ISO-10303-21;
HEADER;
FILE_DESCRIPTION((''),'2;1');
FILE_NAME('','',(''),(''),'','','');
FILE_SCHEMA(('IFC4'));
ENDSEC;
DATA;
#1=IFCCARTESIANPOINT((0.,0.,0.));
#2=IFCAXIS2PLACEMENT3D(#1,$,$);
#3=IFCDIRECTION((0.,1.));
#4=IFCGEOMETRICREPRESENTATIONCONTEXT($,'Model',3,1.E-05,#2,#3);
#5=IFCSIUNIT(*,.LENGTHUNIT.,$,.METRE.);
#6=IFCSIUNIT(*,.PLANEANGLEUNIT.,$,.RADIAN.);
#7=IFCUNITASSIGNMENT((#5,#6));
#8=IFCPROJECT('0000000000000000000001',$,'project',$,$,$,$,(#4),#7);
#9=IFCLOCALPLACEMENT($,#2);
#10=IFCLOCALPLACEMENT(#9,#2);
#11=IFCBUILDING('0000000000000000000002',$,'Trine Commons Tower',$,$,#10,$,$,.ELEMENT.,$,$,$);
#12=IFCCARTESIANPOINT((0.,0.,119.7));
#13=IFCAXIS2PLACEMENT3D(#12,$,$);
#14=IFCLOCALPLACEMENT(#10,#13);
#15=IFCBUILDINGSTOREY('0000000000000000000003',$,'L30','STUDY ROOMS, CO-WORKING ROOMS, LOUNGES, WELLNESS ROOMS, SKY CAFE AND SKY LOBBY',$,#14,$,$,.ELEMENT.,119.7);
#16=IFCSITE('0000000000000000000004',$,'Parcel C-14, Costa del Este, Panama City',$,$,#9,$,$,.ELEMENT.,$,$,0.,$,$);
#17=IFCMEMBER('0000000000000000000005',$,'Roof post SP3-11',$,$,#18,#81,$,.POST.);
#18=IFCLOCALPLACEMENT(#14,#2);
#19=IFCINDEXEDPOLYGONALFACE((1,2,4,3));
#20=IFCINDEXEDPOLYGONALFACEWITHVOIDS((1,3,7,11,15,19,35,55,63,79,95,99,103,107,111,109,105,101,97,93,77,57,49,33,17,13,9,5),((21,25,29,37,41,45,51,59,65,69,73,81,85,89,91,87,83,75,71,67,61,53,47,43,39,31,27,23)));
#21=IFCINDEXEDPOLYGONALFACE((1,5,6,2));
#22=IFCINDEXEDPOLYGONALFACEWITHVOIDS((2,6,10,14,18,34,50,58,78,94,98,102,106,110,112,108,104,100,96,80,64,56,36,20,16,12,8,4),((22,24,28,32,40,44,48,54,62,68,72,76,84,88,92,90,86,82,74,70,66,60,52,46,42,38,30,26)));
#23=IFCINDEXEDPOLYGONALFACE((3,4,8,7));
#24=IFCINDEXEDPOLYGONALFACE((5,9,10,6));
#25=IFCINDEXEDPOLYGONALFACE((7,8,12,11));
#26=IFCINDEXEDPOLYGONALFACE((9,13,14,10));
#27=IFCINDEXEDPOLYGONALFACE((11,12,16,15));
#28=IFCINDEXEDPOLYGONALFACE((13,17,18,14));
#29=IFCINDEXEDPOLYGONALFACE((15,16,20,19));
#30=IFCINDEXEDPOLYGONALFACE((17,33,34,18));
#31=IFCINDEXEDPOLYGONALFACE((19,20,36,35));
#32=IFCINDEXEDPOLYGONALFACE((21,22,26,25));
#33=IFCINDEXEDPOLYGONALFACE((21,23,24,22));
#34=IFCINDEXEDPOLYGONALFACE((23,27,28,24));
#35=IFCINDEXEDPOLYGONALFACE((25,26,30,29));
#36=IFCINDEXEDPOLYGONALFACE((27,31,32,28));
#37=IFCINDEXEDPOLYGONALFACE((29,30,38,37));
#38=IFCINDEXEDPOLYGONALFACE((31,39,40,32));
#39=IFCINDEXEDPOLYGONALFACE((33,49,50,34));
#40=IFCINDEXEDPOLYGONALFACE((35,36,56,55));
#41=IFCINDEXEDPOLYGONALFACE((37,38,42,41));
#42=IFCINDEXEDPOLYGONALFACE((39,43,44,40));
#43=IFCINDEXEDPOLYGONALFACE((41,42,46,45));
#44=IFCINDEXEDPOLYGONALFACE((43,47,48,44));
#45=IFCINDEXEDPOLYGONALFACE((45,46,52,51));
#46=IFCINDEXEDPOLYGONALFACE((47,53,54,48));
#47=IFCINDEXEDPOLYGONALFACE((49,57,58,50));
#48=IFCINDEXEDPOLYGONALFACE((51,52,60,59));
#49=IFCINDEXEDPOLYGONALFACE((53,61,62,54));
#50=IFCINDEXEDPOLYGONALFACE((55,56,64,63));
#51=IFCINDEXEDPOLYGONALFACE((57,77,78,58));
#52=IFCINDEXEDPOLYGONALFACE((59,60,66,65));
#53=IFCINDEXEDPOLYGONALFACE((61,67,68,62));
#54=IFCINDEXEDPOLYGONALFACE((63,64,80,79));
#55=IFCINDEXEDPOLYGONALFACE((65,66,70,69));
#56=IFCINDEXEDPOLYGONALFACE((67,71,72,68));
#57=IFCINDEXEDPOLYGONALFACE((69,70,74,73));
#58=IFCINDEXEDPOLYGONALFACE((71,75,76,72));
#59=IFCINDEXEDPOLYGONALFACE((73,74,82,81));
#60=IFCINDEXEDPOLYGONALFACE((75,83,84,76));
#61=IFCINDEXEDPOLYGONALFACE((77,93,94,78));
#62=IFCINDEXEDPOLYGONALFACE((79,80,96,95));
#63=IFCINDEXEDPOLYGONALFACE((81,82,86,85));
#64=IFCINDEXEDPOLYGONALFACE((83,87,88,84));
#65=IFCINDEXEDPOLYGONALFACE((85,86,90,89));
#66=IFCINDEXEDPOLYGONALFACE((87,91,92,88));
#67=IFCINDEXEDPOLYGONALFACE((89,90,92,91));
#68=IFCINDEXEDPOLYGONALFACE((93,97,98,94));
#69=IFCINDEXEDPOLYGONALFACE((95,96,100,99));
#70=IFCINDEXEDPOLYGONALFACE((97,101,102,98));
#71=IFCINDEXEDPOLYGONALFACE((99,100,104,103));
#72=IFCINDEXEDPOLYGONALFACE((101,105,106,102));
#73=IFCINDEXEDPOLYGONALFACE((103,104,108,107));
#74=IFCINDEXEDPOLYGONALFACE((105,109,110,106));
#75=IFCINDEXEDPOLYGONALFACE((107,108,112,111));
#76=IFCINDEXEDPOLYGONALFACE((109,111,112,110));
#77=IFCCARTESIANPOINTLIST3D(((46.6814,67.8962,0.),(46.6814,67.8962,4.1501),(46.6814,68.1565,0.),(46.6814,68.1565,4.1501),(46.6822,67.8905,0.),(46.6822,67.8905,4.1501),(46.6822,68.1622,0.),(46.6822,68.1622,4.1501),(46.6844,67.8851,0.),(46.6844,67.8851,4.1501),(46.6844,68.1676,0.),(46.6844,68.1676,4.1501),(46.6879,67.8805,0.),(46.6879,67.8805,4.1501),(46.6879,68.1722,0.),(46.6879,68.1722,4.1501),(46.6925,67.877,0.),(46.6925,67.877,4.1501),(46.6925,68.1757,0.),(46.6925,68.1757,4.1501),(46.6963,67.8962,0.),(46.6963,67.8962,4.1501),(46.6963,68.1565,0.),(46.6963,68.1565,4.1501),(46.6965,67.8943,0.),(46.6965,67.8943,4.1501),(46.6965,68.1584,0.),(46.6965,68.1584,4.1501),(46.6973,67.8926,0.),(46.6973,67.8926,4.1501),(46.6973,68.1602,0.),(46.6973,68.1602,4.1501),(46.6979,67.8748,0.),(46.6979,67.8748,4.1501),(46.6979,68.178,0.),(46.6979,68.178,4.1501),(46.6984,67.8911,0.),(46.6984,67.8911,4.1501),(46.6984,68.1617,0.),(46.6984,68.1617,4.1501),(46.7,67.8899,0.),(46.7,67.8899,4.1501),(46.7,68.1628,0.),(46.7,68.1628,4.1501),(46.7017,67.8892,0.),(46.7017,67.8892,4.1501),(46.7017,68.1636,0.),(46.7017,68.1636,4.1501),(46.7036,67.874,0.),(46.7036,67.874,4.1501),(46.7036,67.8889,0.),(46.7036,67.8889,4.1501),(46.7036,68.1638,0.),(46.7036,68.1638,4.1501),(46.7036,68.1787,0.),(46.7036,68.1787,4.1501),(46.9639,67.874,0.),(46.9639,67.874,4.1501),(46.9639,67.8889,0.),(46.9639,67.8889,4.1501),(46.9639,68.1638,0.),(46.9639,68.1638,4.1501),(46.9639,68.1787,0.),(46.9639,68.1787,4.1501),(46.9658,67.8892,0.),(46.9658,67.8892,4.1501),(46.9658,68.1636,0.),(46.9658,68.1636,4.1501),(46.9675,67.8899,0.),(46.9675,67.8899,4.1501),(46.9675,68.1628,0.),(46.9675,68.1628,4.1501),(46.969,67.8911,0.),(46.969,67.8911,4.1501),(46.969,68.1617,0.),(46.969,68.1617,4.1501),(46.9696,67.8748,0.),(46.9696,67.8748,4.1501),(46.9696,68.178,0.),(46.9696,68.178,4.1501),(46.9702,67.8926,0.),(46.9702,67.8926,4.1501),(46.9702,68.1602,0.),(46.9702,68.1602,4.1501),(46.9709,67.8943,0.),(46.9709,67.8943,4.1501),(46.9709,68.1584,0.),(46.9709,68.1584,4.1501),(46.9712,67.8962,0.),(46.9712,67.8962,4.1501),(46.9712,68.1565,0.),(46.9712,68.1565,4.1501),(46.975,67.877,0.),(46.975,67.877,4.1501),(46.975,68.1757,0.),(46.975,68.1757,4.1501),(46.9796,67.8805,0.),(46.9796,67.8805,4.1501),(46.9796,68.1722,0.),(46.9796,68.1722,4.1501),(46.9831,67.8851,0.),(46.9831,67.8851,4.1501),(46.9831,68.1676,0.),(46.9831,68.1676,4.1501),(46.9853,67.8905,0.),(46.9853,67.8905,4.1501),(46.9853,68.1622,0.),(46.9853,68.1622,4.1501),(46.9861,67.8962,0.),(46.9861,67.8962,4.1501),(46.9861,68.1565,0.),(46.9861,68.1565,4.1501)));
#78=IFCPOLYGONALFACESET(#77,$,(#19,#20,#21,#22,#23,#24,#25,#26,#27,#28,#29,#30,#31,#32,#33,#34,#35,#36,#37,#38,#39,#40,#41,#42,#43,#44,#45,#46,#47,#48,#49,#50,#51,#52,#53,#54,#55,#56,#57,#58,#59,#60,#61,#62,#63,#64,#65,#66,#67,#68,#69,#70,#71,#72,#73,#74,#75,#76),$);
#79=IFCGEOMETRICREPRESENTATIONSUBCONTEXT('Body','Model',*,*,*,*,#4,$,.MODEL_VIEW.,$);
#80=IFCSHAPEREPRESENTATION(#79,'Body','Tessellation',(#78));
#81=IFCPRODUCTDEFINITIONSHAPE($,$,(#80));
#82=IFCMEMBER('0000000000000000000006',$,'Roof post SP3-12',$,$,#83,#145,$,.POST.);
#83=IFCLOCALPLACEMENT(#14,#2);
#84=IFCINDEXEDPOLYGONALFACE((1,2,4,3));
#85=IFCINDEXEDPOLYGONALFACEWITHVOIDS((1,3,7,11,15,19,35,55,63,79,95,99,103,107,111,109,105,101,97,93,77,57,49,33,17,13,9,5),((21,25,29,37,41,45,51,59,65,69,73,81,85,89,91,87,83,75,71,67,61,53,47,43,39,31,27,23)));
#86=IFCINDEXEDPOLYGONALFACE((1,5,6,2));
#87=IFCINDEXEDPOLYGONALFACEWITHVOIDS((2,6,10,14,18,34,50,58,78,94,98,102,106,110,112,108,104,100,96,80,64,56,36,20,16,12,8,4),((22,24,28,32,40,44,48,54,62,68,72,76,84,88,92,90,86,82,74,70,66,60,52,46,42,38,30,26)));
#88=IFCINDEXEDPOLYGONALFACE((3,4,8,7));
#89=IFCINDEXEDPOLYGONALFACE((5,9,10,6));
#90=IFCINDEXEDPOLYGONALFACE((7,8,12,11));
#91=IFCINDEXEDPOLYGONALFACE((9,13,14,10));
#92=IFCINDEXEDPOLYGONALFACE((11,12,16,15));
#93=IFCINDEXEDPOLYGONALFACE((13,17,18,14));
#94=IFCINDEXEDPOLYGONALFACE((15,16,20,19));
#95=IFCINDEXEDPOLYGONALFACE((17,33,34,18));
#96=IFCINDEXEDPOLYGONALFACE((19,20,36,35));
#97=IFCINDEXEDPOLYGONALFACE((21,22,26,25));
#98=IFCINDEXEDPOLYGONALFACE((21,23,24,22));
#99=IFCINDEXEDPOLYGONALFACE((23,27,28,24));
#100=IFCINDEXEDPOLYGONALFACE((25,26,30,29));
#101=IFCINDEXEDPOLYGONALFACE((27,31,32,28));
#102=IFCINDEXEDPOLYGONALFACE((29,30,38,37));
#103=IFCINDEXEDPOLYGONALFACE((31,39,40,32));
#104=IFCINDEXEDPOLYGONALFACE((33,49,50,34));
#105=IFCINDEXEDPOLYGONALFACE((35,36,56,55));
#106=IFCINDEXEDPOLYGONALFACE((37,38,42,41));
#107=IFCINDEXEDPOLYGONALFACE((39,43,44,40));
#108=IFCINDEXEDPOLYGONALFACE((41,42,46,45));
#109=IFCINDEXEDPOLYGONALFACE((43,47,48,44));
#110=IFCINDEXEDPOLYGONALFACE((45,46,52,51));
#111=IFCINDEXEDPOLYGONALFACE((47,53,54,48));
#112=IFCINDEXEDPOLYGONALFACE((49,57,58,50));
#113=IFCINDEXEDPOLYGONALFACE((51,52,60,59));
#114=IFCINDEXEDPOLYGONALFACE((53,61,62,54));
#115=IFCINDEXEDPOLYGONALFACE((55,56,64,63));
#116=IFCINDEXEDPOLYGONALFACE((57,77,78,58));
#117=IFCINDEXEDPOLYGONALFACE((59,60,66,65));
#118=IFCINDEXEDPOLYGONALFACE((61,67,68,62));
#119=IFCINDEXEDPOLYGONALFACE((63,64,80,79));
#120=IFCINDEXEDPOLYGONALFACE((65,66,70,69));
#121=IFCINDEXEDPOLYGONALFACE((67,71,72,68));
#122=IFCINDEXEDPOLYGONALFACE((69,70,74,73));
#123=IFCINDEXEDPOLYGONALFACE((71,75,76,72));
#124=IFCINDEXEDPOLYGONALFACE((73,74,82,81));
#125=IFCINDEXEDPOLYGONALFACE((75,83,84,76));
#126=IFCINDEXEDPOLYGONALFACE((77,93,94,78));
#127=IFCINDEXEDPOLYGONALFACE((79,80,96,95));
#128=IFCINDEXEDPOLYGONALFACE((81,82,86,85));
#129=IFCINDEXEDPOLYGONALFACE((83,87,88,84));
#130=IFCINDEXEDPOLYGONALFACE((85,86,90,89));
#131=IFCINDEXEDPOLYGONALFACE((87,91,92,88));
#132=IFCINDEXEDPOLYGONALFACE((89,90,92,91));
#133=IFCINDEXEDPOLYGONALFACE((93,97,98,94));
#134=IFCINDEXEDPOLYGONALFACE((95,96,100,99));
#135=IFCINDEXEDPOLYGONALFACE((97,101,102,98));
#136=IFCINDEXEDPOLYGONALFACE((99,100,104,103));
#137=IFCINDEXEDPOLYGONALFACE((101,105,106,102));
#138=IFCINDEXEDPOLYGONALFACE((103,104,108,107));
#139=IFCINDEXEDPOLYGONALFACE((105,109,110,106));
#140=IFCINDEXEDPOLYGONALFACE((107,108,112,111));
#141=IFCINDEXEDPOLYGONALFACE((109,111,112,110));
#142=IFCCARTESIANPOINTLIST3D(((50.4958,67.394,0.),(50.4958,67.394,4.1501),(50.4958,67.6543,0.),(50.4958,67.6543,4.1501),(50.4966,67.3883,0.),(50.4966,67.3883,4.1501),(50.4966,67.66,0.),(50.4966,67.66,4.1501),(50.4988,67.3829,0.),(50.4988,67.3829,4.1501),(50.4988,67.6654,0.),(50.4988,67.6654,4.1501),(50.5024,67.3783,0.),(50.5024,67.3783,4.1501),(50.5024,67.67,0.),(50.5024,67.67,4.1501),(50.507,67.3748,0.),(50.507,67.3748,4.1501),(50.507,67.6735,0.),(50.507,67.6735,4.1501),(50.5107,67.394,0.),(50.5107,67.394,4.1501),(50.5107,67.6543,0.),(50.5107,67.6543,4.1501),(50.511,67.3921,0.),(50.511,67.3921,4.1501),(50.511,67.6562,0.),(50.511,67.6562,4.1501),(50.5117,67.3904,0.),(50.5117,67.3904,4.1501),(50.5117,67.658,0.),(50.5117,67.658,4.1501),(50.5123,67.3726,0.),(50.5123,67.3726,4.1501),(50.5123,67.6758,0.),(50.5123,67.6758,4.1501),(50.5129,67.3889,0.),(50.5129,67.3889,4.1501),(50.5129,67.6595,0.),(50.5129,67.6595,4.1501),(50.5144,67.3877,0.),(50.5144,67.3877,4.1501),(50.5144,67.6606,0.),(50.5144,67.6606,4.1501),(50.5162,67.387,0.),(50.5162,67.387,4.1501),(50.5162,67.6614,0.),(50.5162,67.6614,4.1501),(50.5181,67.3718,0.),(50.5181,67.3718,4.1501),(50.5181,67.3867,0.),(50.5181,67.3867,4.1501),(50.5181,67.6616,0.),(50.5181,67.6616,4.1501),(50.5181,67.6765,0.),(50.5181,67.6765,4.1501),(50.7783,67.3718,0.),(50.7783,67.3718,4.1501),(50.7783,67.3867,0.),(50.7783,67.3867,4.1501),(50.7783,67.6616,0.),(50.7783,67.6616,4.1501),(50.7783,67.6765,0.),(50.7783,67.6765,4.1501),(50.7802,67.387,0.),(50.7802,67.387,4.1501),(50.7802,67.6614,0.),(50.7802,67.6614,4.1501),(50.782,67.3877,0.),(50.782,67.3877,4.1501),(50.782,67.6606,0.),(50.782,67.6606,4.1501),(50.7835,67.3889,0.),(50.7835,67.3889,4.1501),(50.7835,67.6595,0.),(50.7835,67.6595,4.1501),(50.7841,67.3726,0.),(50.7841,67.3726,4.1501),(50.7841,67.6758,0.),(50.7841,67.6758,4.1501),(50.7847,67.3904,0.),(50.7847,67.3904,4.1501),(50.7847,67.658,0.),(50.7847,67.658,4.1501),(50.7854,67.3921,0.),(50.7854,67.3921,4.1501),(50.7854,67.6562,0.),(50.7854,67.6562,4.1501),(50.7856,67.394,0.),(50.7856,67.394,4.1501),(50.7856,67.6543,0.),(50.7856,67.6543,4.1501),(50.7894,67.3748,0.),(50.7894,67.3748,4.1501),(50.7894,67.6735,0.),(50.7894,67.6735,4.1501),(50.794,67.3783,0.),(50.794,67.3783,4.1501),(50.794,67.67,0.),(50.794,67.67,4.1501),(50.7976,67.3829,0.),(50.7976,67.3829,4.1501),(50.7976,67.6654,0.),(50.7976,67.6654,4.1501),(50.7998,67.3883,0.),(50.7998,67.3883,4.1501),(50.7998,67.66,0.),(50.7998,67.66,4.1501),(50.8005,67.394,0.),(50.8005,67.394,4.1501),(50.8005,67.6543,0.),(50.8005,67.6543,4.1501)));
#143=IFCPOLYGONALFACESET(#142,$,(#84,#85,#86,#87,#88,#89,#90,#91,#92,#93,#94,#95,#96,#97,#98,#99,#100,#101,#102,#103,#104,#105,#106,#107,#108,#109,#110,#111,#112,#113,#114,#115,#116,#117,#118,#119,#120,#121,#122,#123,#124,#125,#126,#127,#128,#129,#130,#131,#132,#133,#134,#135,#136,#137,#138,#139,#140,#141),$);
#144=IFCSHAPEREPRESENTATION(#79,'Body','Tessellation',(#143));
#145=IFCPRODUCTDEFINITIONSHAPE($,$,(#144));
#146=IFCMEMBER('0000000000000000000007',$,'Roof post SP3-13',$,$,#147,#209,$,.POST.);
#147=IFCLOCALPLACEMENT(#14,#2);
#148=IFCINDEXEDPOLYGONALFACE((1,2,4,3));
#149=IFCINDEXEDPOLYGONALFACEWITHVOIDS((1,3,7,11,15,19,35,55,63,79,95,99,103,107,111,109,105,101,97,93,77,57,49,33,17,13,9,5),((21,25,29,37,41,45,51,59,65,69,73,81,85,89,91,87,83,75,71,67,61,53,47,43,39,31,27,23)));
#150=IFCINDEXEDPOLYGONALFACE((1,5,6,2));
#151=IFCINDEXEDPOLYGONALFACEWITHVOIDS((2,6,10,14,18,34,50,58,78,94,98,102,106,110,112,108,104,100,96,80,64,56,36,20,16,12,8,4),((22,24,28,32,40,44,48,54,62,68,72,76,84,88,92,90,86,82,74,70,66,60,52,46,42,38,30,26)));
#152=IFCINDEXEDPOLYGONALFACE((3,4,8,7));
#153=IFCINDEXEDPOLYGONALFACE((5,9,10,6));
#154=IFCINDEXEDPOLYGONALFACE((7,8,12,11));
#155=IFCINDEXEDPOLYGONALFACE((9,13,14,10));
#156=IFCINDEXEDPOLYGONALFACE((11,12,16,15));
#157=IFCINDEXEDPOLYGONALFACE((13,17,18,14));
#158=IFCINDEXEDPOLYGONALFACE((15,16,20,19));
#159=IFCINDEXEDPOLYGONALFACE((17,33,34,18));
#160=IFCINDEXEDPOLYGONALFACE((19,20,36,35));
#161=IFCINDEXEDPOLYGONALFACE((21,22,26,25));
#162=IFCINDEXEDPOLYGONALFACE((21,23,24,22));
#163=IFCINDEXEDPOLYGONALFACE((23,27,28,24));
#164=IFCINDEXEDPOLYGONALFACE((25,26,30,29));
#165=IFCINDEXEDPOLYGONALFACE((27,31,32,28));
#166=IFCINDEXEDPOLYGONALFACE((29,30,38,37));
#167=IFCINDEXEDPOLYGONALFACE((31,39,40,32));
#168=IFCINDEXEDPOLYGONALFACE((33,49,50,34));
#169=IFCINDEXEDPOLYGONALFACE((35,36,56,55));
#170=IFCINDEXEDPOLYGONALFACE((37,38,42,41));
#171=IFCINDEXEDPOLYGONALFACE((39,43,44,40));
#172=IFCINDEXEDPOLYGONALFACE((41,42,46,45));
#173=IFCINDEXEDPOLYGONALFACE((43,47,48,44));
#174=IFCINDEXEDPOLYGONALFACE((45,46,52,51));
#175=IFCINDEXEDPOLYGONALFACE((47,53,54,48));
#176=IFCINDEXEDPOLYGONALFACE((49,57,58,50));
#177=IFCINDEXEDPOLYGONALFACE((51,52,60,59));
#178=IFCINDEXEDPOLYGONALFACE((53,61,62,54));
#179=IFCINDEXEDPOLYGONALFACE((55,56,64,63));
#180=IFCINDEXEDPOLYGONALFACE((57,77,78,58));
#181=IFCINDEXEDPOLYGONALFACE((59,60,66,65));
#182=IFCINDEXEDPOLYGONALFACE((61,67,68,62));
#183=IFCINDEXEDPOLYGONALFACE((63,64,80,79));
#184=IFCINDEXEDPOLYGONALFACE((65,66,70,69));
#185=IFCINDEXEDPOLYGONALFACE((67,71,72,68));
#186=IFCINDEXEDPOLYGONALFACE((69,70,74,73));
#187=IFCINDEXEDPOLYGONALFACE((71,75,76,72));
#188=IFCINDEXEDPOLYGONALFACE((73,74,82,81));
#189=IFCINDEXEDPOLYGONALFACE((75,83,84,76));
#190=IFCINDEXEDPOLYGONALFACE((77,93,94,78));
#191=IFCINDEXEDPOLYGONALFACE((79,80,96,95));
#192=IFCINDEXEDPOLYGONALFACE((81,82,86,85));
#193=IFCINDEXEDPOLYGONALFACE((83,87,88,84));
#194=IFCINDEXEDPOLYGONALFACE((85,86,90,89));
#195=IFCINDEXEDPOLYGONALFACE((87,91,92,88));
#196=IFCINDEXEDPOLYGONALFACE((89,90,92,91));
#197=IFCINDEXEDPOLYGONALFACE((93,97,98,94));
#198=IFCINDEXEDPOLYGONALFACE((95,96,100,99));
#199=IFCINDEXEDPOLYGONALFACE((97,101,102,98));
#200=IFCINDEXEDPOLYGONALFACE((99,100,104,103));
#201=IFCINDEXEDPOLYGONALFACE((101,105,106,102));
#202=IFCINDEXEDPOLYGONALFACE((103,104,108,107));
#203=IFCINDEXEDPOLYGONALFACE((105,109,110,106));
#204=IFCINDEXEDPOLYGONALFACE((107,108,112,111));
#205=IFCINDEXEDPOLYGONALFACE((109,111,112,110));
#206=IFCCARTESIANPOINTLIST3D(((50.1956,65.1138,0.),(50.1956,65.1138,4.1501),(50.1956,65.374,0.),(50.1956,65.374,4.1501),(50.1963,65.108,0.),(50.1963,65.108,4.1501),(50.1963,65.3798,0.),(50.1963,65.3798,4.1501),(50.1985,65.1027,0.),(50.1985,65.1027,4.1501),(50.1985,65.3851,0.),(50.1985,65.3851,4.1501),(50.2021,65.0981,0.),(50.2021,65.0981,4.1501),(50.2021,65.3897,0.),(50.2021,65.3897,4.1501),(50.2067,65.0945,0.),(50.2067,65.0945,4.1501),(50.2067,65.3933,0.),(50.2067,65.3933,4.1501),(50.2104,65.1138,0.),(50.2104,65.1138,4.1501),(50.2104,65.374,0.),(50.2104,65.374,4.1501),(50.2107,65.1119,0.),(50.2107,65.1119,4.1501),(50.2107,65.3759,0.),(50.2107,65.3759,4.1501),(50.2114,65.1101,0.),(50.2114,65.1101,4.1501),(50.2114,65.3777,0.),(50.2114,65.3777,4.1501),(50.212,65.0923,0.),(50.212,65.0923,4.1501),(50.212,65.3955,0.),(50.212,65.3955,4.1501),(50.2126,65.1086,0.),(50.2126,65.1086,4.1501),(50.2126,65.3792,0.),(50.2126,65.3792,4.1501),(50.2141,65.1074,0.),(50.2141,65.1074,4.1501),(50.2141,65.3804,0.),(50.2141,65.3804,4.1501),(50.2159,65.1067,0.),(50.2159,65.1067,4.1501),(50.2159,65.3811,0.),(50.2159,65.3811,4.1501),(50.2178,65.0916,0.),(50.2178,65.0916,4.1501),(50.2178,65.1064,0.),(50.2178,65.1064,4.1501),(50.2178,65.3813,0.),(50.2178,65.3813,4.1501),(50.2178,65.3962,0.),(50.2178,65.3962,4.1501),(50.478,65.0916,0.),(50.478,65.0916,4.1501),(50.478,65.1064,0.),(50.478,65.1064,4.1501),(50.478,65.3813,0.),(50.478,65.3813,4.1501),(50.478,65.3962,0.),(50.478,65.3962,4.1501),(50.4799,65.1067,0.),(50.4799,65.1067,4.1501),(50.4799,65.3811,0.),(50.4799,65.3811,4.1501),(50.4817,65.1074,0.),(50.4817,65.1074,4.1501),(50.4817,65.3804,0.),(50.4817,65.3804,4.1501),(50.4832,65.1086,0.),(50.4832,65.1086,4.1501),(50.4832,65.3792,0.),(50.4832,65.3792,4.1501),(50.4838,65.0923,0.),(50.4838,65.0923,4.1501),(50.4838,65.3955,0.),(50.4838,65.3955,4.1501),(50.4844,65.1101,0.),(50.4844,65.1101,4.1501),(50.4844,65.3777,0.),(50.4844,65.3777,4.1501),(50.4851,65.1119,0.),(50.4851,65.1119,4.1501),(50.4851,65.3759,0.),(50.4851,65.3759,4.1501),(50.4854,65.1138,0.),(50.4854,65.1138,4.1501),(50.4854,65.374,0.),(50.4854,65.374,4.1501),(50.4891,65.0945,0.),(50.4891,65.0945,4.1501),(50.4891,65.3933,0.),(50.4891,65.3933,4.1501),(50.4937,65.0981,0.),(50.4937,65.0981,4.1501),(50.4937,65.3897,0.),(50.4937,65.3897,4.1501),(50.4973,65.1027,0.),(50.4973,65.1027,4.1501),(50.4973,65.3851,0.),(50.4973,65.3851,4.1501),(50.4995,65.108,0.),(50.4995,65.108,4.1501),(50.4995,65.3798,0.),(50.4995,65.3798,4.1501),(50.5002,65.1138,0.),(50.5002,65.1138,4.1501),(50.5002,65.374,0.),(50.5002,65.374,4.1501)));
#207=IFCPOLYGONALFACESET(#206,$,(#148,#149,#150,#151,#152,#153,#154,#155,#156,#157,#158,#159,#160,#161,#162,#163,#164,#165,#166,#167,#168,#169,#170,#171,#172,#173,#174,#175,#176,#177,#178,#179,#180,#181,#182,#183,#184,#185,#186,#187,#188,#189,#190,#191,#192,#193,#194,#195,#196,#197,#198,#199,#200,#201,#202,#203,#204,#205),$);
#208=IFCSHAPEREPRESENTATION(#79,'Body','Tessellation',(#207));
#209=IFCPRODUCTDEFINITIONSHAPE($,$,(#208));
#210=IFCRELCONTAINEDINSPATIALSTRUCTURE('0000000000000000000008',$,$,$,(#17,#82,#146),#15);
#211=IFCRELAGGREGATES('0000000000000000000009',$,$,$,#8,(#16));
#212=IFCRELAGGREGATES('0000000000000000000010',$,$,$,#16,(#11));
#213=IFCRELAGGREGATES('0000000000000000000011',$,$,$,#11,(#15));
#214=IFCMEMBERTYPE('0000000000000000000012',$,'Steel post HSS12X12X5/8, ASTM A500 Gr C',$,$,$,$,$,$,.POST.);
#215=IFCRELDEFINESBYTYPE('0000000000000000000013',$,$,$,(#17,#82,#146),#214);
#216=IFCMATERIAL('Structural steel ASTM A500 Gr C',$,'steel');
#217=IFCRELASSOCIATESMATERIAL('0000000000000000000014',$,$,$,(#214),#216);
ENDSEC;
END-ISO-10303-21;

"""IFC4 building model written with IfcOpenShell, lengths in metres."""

from ifc_helpers import new_model, si_unit, direction, frame, origin, origin_2d, place, context, subcontext, project, spatial, hollow_rectangle, extrude, material, material_profile, profile_set, type_object, element, save


model = new_model("IFC4")

# Units and contexts
model_context = context("Model", 3, precision=1e-05, world=origin(), true_north=direction((0.0, 1.0)))
body_context = subcontext(model_context, "Body", "Model", "MODEL_VIEW")
ifc_project = project(units=[si_unit("LENGTHUNIT", "METRE"), si_unit("PLANEANGLEUNIT", "RADIAN")], contexts=[model_context])

# Site, building, storey
site_placement = place(None, origin())
site = spatial("IfcSite", under=ifc_project, at=site_placement, Name="Parcel C-14, Costa del Este, Panama City", CompositionType="ELEMENT", RefElevation=0.0)
building_placement = place(site_placement, origin())
building = spatial("IfcBuilding", under=site, at=building_placement, Name="Trine Commons Tower", CompositionType="ELEMENT")
storey_placement = place(building_placement, frame((0.0, 0.0, 119.7)))
storey = spatial("IfcBuildingStorey", under=building, at=storey_placement, Name="L30", Description="STUDY ROOMS, CO-WORKING ROOMS, LOUNGES, WELLNESS ROOMS, SKY CAFE AND SKY LOBBY", CompositionType="ELEMENT", Elevation=119.7)

# Members
ifc_material_1 = material(Name="Structural steel ASTM A500 Gr C", Category="steel")
ifc_material_profile_1 = material_profile(ifc_material_1, hollow_rectangle(XDim=0.3047, YDim=0.3047, WallThickness=0.0149, InnerFilletRadius=0.0073, OuterFilletRadius=0.0222, at=origin_2d()), Name="HSS12X12X5/8")
ifc_profile_set_1 = profile_set([ifc_material_profile_1], Name="Structural steel ASTM A500 Gr C")
member_type_1 = type_object("IfcMemberType", Name="Steel post HSS12X12X5/8, ASTM A500 Gr C", PredefinedType="POST", material=ifc_profile_set_1)
for number, where, z_axis, x_axis, name in (
    (1, (46.8337, 68.0264, 0.0), (0.0, 0.0, 1.0), (1.0, 0.0, 0.0), "Roof post SP3-11"),
    (2, (50.6482, 67.5242, 0.0), (0.0, 0.0, 1.0), (1.0, 0.0, 0.0), "Roof post SP3-12"),
    (3, (50.3479, 65.2439, 0.0), (0.0, 0.0, 1.0), (1.0, 0.0, 0.0), "Roof post SP3-13"),
):
    element("IfcMember", number, at=place(storey_placement, frame(where, z_axis=z_axis, x_axis=x_axis)), inside=storey, type_object=member_type_1, Name=name, PredefinedType="POST", context=body_context, shape_type="SweptSolid", body=[
        extrude(hollow_rectangle(XDim=0.3047, YDim=0.3047, WallThickness=0.0149, InnerFilletRadius=0.0073, OuterFilletRadius=0.0222, at=origin_2d()), origin(), (0.0, 0.0, 1.0), 4.1501),
    ])

save(model, "model.ifc")
